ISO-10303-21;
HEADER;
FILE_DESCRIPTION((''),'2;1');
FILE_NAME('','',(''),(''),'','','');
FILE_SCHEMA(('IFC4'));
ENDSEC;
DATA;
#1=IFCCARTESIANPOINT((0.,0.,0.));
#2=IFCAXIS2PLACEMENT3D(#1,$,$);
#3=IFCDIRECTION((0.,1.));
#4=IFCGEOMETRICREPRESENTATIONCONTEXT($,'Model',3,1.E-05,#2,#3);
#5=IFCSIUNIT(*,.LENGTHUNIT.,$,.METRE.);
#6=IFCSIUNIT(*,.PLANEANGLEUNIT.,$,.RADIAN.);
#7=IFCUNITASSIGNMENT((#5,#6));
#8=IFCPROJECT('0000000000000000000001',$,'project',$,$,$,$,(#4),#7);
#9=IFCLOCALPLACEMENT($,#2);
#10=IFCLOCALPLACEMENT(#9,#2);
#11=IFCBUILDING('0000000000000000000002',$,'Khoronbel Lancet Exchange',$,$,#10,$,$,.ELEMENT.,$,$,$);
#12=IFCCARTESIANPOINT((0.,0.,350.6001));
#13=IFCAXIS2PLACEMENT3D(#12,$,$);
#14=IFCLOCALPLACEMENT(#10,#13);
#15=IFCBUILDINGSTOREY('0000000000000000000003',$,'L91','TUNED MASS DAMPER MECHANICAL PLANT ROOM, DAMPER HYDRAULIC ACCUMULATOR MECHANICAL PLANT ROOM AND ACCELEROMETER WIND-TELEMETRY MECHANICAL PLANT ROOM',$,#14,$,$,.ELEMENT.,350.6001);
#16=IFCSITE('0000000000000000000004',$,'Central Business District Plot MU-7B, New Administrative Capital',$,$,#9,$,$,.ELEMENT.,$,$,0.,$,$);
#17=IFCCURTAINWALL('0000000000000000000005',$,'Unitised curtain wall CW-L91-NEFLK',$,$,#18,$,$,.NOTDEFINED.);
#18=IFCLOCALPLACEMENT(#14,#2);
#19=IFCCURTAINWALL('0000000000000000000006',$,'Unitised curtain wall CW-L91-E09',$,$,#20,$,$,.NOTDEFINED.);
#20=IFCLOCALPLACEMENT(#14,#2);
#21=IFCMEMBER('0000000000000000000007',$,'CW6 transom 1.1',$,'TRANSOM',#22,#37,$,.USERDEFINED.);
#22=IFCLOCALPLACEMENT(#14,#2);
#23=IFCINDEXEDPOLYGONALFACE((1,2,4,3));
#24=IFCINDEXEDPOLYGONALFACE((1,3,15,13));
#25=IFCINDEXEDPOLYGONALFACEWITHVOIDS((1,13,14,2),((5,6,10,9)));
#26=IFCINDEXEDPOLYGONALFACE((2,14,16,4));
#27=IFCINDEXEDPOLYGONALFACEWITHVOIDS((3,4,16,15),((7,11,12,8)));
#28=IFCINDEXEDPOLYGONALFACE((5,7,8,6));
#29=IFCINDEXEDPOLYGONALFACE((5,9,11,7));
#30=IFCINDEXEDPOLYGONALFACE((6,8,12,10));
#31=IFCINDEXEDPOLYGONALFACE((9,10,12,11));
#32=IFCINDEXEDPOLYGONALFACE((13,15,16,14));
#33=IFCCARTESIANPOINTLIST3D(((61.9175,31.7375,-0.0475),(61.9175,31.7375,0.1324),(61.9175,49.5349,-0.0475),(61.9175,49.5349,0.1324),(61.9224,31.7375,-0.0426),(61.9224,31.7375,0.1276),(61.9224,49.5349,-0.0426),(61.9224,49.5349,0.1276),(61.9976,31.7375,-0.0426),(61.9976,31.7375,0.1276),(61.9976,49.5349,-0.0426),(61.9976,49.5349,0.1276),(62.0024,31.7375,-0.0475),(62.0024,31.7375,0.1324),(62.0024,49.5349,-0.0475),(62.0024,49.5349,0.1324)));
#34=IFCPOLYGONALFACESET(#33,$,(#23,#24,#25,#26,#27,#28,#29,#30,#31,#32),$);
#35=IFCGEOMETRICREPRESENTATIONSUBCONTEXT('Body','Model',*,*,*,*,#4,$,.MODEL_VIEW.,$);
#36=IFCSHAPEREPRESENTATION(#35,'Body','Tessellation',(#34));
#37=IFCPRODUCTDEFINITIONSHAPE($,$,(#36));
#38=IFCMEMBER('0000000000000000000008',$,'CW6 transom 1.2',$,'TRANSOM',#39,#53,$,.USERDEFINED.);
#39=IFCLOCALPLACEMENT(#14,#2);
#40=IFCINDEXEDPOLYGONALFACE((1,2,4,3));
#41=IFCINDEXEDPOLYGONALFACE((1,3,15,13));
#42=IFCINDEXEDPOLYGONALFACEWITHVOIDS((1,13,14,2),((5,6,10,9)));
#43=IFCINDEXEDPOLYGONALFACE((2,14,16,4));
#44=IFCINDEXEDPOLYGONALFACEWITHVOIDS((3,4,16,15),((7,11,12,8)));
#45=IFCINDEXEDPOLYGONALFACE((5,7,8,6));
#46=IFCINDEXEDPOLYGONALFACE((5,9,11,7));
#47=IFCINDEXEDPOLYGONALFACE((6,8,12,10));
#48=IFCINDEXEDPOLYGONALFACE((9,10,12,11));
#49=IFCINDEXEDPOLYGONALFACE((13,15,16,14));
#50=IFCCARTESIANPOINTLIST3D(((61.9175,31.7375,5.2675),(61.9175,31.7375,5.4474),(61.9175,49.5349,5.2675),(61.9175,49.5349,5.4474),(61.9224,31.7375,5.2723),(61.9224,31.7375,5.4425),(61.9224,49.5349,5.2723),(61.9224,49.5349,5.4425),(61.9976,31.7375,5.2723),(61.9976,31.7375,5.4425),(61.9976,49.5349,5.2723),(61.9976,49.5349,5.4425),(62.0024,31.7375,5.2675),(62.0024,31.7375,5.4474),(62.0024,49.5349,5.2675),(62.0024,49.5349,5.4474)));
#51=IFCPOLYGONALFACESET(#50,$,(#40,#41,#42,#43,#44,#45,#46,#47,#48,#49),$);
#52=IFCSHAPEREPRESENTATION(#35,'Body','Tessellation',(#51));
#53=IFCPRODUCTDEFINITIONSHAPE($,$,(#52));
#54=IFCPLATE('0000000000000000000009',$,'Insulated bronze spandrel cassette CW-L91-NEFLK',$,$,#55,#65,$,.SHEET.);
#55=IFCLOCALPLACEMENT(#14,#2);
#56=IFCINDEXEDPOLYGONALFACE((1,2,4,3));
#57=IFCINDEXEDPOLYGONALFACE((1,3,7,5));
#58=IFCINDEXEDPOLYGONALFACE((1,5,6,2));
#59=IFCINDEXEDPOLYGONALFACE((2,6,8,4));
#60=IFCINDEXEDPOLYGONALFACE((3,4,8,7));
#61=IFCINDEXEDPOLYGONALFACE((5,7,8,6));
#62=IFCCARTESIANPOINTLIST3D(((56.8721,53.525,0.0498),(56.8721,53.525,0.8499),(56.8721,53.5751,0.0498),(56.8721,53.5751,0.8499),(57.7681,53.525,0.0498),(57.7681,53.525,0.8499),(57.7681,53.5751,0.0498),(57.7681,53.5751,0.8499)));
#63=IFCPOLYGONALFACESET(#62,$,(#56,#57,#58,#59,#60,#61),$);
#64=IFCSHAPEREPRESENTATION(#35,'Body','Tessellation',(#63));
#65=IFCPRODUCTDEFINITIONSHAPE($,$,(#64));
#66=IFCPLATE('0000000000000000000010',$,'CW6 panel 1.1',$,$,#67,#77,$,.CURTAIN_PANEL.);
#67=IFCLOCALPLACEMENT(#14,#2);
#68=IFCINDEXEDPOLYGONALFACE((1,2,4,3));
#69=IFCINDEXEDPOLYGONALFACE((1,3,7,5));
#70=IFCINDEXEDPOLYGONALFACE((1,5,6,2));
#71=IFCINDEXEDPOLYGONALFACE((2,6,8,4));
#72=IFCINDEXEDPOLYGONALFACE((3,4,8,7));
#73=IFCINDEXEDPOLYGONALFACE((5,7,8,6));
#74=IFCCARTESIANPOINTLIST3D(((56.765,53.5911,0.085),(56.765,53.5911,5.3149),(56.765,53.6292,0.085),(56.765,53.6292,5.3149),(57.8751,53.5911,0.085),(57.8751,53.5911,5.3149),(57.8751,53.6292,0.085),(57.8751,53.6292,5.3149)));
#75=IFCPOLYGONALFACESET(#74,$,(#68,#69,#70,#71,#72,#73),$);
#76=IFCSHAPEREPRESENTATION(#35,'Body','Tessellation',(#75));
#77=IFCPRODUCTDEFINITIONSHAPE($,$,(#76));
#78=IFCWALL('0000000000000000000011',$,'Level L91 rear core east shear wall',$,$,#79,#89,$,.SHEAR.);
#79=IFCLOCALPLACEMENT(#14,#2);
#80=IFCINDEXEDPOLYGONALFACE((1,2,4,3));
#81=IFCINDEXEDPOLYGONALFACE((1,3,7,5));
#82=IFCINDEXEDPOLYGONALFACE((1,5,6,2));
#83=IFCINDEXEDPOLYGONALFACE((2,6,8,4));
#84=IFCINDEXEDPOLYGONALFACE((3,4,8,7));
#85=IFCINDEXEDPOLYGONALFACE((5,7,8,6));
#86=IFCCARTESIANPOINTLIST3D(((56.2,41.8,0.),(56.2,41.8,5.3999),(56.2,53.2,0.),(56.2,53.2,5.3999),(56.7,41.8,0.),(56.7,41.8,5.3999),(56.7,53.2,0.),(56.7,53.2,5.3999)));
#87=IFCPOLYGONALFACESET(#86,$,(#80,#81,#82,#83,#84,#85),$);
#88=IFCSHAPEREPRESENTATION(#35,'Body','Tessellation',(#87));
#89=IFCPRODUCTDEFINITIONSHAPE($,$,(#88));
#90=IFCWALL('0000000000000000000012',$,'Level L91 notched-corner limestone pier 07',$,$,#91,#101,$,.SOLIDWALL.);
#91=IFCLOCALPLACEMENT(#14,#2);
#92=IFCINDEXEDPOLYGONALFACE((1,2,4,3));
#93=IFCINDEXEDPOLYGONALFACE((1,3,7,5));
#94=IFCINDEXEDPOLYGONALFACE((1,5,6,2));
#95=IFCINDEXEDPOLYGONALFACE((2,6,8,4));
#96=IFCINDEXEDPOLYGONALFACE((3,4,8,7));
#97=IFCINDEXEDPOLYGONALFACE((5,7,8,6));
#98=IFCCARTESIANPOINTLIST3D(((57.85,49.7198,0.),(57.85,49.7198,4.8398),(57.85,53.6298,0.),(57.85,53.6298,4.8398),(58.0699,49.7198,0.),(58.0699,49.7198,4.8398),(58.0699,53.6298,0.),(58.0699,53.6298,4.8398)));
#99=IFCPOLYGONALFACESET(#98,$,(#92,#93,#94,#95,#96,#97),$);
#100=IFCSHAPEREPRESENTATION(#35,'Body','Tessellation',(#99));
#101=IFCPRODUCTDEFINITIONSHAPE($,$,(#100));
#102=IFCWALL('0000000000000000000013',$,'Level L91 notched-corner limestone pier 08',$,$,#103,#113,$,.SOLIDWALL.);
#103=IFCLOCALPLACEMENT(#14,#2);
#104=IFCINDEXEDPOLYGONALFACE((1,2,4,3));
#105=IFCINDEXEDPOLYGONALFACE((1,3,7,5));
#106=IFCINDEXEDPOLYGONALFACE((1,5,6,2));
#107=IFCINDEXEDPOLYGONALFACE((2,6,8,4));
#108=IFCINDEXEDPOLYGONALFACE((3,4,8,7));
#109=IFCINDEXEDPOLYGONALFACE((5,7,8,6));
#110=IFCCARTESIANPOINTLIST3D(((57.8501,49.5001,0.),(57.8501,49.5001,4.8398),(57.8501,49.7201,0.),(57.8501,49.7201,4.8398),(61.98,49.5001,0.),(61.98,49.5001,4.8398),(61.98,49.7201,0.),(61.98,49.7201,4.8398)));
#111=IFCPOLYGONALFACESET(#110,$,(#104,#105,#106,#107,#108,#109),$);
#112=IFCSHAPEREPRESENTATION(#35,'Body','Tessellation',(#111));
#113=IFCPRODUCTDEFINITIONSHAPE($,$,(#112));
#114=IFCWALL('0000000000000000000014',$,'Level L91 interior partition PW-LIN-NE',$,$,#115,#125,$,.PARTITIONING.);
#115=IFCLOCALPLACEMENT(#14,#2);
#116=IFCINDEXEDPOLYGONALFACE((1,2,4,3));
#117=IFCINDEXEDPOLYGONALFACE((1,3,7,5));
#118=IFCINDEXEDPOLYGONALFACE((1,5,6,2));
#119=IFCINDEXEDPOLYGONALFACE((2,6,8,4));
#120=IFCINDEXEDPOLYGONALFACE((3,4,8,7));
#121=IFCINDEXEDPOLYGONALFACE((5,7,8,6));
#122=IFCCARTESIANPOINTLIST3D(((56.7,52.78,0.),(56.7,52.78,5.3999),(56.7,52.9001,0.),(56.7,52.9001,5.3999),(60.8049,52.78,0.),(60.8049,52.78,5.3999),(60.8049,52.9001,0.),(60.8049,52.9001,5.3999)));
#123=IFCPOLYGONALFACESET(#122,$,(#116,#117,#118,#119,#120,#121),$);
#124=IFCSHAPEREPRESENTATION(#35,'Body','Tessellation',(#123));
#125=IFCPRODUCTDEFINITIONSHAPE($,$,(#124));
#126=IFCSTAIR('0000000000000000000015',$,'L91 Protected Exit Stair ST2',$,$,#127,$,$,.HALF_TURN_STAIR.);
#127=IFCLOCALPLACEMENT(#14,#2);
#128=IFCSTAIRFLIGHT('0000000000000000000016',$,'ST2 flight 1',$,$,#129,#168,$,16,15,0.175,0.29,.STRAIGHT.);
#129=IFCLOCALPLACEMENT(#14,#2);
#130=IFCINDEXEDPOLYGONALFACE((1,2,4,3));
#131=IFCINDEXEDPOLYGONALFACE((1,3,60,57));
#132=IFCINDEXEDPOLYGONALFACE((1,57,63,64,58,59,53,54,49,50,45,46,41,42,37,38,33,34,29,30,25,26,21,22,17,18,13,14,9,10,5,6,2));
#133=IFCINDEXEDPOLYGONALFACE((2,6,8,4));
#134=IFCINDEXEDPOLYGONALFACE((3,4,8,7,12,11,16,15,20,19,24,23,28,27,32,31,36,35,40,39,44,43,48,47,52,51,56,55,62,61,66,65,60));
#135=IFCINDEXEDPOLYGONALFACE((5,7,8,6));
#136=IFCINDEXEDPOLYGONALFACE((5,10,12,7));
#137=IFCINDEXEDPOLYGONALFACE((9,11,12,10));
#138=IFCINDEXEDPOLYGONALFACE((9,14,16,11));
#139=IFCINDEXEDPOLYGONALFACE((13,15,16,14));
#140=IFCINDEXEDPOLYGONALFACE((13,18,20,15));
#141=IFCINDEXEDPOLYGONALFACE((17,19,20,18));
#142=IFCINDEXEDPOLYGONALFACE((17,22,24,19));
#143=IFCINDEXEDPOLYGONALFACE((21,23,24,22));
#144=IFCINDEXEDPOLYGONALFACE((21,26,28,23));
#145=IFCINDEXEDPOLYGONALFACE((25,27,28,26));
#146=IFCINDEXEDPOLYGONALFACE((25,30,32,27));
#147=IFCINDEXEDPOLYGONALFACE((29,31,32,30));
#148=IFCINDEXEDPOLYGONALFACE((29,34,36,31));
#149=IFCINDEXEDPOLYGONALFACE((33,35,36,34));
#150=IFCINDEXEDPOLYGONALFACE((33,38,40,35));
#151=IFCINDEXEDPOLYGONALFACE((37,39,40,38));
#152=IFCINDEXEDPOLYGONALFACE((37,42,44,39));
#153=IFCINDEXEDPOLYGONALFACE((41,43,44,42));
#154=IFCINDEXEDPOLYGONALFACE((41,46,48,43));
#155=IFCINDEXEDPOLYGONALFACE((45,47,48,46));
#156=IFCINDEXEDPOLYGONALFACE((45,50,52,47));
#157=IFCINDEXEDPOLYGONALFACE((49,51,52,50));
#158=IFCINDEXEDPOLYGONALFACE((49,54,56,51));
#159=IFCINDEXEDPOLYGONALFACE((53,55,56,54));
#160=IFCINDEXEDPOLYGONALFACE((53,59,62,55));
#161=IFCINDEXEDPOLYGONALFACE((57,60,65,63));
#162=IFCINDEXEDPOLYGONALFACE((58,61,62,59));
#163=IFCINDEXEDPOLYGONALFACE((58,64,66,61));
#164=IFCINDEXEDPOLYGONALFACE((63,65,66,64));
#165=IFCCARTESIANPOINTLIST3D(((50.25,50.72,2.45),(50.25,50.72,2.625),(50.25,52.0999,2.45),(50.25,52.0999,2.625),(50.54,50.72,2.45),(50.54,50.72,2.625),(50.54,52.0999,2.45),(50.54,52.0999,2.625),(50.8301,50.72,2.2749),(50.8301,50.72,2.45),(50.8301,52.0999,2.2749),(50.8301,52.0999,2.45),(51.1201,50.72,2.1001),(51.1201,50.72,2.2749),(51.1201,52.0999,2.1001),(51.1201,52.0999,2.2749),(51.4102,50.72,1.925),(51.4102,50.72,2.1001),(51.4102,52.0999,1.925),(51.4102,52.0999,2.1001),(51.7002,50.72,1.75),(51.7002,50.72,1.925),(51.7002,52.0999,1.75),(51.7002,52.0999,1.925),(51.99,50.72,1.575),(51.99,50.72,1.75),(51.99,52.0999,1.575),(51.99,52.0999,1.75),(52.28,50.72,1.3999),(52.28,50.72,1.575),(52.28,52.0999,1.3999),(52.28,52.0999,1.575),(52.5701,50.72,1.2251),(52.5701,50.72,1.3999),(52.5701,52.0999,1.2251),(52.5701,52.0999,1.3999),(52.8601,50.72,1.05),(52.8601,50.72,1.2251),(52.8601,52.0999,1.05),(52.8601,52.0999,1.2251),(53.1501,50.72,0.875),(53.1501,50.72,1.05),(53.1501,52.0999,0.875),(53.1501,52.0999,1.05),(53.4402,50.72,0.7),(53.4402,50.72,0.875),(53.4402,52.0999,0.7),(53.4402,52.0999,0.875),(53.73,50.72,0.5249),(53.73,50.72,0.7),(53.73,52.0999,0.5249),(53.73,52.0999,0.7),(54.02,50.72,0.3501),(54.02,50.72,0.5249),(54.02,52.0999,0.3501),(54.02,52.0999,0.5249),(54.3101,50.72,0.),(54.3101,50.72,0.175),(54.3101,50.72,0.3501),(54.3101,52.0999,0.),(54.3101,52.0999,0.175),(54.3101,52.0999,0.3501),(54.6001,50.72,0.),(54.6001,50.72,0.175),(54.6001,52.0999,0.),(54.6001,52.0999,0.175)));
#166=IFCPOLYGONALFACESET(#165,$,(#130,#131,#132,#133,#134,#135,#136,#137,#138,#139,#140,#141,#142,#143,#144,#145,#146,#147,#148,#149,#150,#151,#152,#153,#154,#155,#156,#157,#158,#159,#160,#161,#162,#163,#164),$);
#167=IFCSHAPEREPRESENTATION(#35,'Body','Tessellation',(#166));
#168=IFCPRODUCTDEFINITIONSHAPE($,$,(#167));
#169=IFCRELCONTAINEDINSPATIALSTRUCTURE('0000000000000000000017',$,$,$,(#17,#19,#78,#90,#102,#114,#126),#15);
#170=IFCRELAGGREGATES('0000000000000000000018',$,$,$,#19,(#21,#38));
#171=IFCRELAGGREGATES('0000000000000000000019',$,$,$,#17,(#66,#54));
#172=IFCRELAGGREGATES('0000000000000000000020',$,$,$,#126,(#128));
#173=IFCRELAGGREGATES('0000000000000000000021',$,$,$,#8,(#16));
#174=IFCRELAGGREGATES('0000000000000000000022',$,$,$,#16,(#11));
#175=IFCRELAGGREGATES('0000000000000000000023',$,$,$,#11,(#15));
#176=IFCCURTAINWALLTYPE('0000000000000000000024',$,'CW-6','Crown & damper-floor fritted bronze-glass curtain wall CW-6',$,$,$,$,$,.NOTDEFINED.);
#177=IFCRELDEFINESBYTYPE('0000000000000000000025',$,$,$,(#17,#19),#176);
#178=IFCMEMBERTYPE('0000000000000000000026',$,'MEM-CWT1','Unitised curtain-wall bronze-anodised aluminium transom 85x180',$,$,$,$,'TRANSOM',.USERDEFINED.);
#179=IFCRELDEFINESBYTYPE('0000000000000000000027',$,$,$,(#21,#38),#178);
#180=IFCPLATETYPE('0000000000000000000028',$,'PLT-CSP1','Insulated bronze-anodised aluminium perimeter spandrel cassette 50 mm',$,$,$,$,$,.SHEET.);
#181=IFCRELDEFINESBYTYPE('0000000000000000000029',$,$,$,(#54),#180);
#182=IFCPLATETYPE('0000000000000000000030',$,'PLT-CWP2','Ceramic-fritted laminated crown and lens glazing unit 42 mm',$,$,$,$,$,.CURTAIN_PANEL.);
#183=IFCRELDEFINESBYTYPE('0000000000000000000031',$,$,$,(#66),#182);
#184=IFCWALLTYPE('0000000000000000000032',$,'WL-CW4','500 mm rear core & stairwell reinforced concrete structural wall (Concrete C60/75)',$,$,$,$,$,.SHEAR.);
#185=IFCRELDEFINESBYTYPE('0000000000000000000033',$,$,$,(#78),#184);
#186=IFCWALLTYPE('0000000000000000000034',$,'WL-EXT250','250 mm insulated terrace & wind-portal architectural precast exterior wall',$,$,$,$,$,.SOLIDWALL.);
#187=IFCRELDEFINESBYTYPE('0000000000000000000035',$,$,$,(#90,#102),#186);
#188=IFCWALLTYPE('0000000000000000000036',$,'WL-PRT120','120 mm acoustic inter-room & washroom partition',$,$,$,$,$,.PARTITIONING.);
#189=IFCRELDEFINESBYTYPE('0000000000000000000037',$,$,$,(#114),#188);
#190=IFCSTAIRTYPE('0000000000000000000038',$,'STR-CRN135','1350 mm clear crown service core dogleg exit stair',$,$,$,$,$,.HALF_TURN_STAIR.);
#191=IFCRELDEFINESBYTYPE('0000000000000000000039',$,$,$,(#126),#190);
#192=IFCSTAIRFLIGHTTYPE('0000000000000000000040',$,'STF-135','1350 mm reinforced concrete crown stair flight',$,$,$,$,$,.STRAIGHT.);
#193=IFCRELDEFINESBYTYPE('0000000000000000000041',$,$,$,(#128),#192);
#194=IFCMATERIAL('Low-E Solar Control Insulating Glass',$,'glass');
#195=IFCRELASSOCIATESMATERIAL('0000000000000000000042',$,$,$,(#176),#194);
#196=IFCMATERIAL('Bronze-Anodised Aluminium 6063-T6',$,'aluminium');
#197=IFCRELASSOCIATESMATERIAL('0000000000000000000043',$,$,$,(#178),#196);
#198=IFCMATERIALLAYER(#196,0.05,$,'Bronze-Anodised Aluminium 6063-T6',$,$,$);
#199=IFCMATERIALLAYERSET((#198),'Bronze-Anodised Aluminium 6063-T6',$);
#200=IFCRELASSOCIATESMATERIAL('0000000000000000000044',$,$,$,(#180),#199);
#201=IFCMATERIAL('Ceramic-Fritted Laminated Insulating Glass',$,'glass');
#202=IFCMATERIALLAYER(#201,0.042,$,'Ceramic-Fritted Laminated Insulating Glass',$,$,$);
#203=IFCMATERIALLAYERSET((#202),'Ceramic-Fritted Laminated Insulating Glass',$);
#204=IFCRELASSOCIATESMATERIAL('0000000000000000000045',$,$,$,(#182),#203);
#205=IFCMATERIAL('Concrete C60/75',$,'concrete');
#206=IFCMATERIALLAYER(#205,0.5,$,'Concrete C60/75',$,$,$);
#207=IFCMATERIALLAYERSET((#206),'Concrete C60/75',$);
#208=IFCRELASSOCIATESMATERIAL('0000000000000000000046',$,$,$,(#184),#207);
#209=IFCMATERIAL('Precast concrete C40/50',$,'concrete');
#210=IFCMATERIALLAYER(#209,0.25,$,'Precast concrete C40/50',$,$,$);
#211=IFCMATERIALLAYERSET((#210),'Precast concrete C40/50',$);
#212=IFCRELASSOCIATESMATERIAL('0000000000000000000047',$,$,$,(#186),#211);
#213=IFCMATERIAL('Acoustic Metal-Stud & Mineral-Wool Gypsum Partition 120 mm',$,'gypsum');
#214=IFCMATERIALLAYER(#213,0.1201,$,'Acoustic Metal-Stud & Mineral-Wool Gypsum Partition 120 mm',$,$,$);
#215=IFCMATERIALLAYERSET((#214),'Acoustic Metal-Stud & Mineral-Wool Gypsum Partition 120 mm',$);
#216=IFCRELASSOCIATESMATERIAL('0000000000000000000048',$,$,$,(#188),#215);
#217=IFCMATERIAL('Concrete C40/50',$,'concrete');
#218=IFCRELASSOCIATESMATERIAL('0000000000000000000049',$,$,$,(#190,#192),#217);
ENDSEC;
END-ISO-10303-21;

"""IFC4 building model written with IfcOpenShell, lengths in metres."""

from ifc_helpers import new_model, si_unit, direction, frame, frame_2d, origin, origin_2d, place, context, subcontext, project, spatial, polyline, rectangle, hollow_rectangle, outline, extrude, material, layer, layer_set, material_profile, profile_set, type_object, element, aggregate, save


model = new_model("IFC4")

# Units and contexts
model_context = context("Model", 3, precision=1e-05, world=origin(), true_north=direction((0.0, 1.0)))
body_context = subcontext(model_context, "Body", "Model", "MODEL_VIEW")
ifc_project = project(units=[si_unit("LENGTHUNIT", "METRE"), si_unit("PLANEANGLEUNIT", "RADIAN")], contexts=[model_context])

# Site, building, storey
site_placement = place(None, origin())
site = spatial("IfcSite", under=ifc_project, at=site_placement, Name="Central Business District Plot MU-7B, New Administrative Capital", CompositionType="ELEMENT", RefElevation=0.0)
building_placement = place(site_placement, origin())
building = spatial("IfcBuilding", under=site, at=building_placement, Name="Khoronbel Lancet Exchange", CompositionType="ELEMENT")
storey_placement = place(building_placement, frame((0.0, 0.0, 350.6001)))
storey = spatial("IfcBuildingStorey", under=building, at=storey_placement, Name="L91", Description="TUNED MASS DAMPER MECHANICAL PLANT ROOM, DAMPER HYDRAULIC ACCUMULATOR MECHANICAL PLANT ROOM AND ACCELEROMETER WIND-TELEMETRY MECHANICAL PLANT ROOM", CompositionType="ELEMENT", Elevation=350.6001)

# Curtain wall
ifc_material_1 = material(Name="Low-E Solar Control Insulating Glass", Category="glass")
curtain_wall_type = type_object("IfcCurtainWallType", Name="CW-6", Description="Crown & damper-floor fritted bronze-glass curtain wall CW-6", PredefinedType="NOTDEFINED", material=ifc_material_1)
curtain_wall_1_placement = place(storey_placement, origin())
curtain_wall_1 = element("IfcCurtainWall", 1, at=curtain_wall_1_placement, inside=storey, type_object=curtain_wall_type, Name="Unitised curtain wall CW-L91-NEFLK", PredefinedType="NOTDEFINED")
ifc_material_2 = material(Name="Bronze-Anodised Aluminium 6063-T6", Category="aluminium")

# Curtain wall
curtain_wall_2_placement = place(storey_placement, origin())
curtain_wall_2 = element("IfcCurtainWall", 2, at=curtain_wall_2_placement, inside=storey, type_object=curtain_wall_type, Name="Unitised curtain wall CW-L91-E09", PredefinedType="NOTDEFINED")

# Members
ifc_material_profile_1 = material_profile(ifc_material_2, hollow_rectangle(XDim=0.085, YDim=0.1799, WallThickness=0.0049, at=origin_2d()), Name="ALU TRANSOM 85x180")
ifc_profile_set_1 = profile_set([ifc_material_profile_1], Name="Bronze-Anodised Aluminium 6063-T6")
member_type_1 = type_object("IfcMemberType", Name="MEM-CWT1", Description="Unitised curtain-wall bronze-anodised aluminium transom 85x180", ElementType="TRANSOM", PredefinedType="USERDEFINED", material=ifc_profile_set_1)
member_1_placement = place(storey_placement, frame((61.96, 49.5349, 0.0425), z_axis=(0.0, -1.0, 0.0), x_axis=(1.0, 0.0, 0.0)))
member_1 = element("IfcMember", 3, at=member_1_placement, type_object=member_type_1, Name="CW6 transom 1.1", ObjectType="TRANSOM", PredefinedType="USERDEFINED", context=body_context, shape_type="SweptSolid", body=[
    extrude(hollow_rectangle(XDim=0.085, YDim=0.1799, WallThickness=0.0049, at=origin_2d()), origin(), (0.0, 0.0, 1.0), 17.7974),
])
member_2_placement = place(storey_placement, frame((61.96, 49.5349, 5.3574), z_axis=(0.0, -1.0, 0.0), x_axis=(1.0, 0.0, 0.0)))
member_2 = element("IfcMember", 4, at=member_2_placement, type_object=member_type_1, Name="CW6 transom 1.2", ObjectType="TRANSOM", PredefinedType="USERDEFINED", context=body_context, shape_type="SweptSolid", body=[
    extrude(hollow_rectangle(XDim=0.085, YDim=0.1799, WallThickness=0.0049, at=origin_2d()), origin(), (0.0, 0.0, 1.0), 17.7974),
])
aggregate(curtain_wall_2, [member_1, member_2])

# Plates
ifc_layer_1 = layer(ifc_material_2, 0.05, Name="Bronze-Anodised Aluminium 6063-T6")
ifc_layer_set_1 = layer_set([ifc_layer_1], Name="Bronze-Anodised Aluminium 6063-T6")
plate_type_1 = type_object("IfcPlateType", Name="PLT-CSP1", Description="Insulated bronze-anodised aluminium perimeter spandrel cassette 50 mm", PredefinedType="SHEET", material=ifc_layer_set_1)
plate_1_placement = place(storey_placement, frame((57.3201, 53.55, 0.0498), z_axis=(0.0, 0.0, 1.0), x_axis=(-1.0, 0.0, 0.0)))
plate_1 = element("IfcPlate", 5, at=plate_1_placement, type_object=plate_type_1, Name="Insulated bronze spandrel cassette CW-L91-NEFLK", PredefinedType="SHEET", context=body_context, shape_type="SweptSolid", body=[
    extrude(rectangle(XDim=0.896, YDim=0.05, at=origin_2d()), origin(), (0.0, 0.0, 1.0), 0.8),
])
ifc_material_3 = material(Name="Ceramic-Fritted Laminated Insulating Glass", Category="glass")
ifc_layer_2 = layer(ifc_material_3, 0.042, Name="Ceramic-Fritted Laminated Insulating Glass")
ifc_layer_set_2 = layer_set([ifc_layer_2], Name="Ceramic-Fritted Laminated Insulating Glass")
plate_type_2 = type_object("IfcPlateType", Name="PLT-CWP2", Description="Ceramic-fritted laminated crown and lens glazing unit 42 mm", PredefinedType="CURTAIN_PANEL", material=ifc_layer_set_2)
plate_2_placement = place(storey_placement, frame((57.3201, 53.6101, 0.085), z_axis=(0.0, 0.0, 1.0), x_axis=(-1.0, 0.0, 0.0)))
plate_2 = element("IfcPlate", 6, at=plate_2_placement, type_object=plate_type_2, Name="CW6 panel 1.1", PredefinedType="CURTAIN_PANEL", context=body_context, shape_type="SweptSolid", body=[
    extrude(rectangle(XDim=1.1101, YDim=0.0381, at=origin_2d()), origin(), (0.0, 0.0, 1.0), 5.23),
])
aggregate(curtain_wall_1, [plate_2, plate_1])

# Walls
ifc_material_4 = material(Name="Concrete C60/75", Category="concrete")
ifc_layer_3 = layer(ifc_material_4, 0.5, Name="Concrete C60/75")
ifc_layer_set_3 = layer_set([ifc_layer_3], Name="Concrete C60/75")
wall_type_1 = type_object("IfcWallType", Name="WL-CW4", Description="500 mm rear core & stairwell reinforced concrete structural wall (Concrete C60/75)", PredefinedType="SHEAR", material=ifc_layer_set_3)
wall_1_placement = place(storey_placement, frame((56.45, 53.2, 0.0), z_axis=(0.0, 0.0, 1.0), x_axis=(0.0, -1.0, 0.0)))
element("IfcWall", 7, at=wall_1_placement, inside=storey, type_object=wall_type_1, Name="Level L91 rear core east shear wall", PredefinedType="SHEAR", context=body_context, shape_type="SweptSolid", body=[
    extrude(rectangle(XDim=11.3999, YDim=0.5, at=frame_2d((5.7, 0.0))), origin(), (0.0, 0.0, 1.0), 5.3999),
])
ifc_material_5 = material(Name="Precast concrete C40/50", Category="concrete")
ifc_layer_4 = layer(ifc_material_5, 0.25, Name="Precast concrete C40/50")
ifc_layer_set_4 = layer_set([ifc_layer_4], Name="Precast concrete C40/50")
wall_type_2 = type_object("IfcWallType", Name="WL-EXT250", Description="250 mm insulated terrace & wind-portal architectural precast exterior wall", PredefinedType="SOLIDWALL", material=ifc_layer_set_4)
wall_2_placement = place(storey_placement, frame((57.96, 53.6299, 0.0), z_axis=(0.0, 0.0, 1.0), x_axis=(0.0, -1.0, 0.0)))
element("IfcWall", 8, at=wall_2_placement, inside=storey, type_object=wall_type_2, Name="Level L91 notched-corner limestone pier 07", PredefinedType="SOLIDWALL", context=body_context, shape_type="SweptSolid", body=[
    extrude(rectangle(XDim=3.9099, YDim=0.22, at=frame_2d((1.9551, 0.0))), origin(), (0.0, 0.0, 1.0), 4.8398),
])
wall_3_placement = place(storey_placement, frame((57.8501, 49.6101, 0.0), z_axis=(0.0, 0.0, 1.0), x_axis=(1.0, 0.0, 0.0)))
element("IfcWall", 9, at=wall_3_placement, inside=storey, type_object=wall_type_2, Name="Level L91 notched-corner limestone pier 08", PredefinedType="SOLIDWALL", context=body_context, shape_type="SweptSolid", body=[
    extrude(rectangle(XDim=4.1299, YDim=0.22, at=frame_2d((2.0649, 0.0))), origin(), (0.0, 0.0, 1.0), 4.8398),
])
ifc_material_6 = material(Name="Acoustic Metal-Stud & Mineral-Wool Gypsum Partition 120 mm", Category="gypsum")
ifc_layer_5 = layer(ifc_material_6, 0.1201, Name="Acoustic Metal-Stud & Mineral-Wool Gypsum Partition 120 mm")
ifc_layer_set_5 = layer_set([ifc_layer_5], Name="Acoustic Metal-Stud & Mineral-Wool Gypsum Partition 120 mm")
wall_type_3 = type_object("IfcWallType", Name="WL-PRT120", Description="120 mm acoustic inter-room & washroom partition", PredefinedType="PARTITIONING", material=ifc_layer_set_5)
wall_4_placement = place(storey_placement, frame((56.7, 52.8401, 0.0), z_axis=(0.0, 0.0, 1.0), x_axis=(1.0, 0.0, 0.0)))
element("IfcWall", 10, at=wall_4_placement, inside=storey, type_object=wall_type_3, Name="Level L91 interior partition PW-LIN-NE", PredefinedType="PARTITIONING", context=body_context, shape_type="SweptSolid", body=[
    extrude(rectangle(XDim=4.105, YDim=0.1201, at=frame_2d((2.0525, 0.0))), origin(), (0.0, 0.0, 1.0), 5.3999),
])

# Stair, stair flight
ifc_material_7 = material(Name="Concrete C40/50", Category="concrete")
stair_type = type_object("IfcStairType", Name="STR-CRN135", Description="1350 mm clear crown service core dogleg exit stair", PredefinedType="HALF_TURN_STAIR", material=ifc_material_7)
stair_placement = place(storey_placement, origin())
stair = element("IfcStair", 11, at=stair_placement, inside=storey, type_object=stair_type, Name="L91 Protected Exit Stair ST2", PredefinedType="HALF_TURN_STAIR")
stair_flight_type = type_object("IfcStairFlightType", Name="STF-135", Description="1350 mm reinforced concrete crown stair flight", PredefinedType="STRAIGHT", material=ifc_material_7)
stair_flight_placement = place(storey_placement, frame((54.6001, 51.4099, 0.0), z_axis=(0.0, 0.0, 1.0), x_axis=(-1.0, 0.0, 0.0)))
stair_flight = element("IfcStairFlight", 12, at=stair_flight_placement, type_object=stair_flight_type, Name="ST2 flight 1", NumberOfRisers=16, NumberOfTreads=15, PredefinedType="STRAIGHT", RiserHeight=0.175, TreadLength=0.29, context=body_context, shape_type="SweptSolid", body=[
    extrude(outline(polyline([(0.0, 0.0), (0.0, 0.175), (0.29, 0.175), (0.29, 0.3501), (0.5801, 0.3501), (0.5801, 0.5249), (0.8701, 0.5249), (0.8701, 0.7), (1.1599, 0.7), (1.1599, 0.875), (1.45, 0.875), (1.45, 1.05), (1.74, 1.05), (1.74, 1.2251), (2.03, 1.2251), (2.03, 1.3999), (2.3201, 1.3999), (2.3201, 1.575), (2.6101, 1.575), (2.6101, 1.75), (2.8999, 1.75), (2.8999, 1.925), (3.1899, 1.925), (3.1899, 2.1001), (3.48, 2.1001), (3.48, 2.2749), (3.77, 2.2749), (3.77, 2.45), (4.0601, 2.45), (4.0601, 2.625), (4.3501, 2.625), (4.3501, 2.8), (4.3501, 2.45), (0.29, 0.0), (0.0, 0.0)])), frame((0.0, 0.6899, 0.0), z_axis=(0.0, -1.0, 0.0), x_axis=(1.0, 0.0, 0.0)), (0.0, 0.0, 1.0), 1.3799),
])
aggregate(stair, [stair_flight])

save(model, "model.ifc")
